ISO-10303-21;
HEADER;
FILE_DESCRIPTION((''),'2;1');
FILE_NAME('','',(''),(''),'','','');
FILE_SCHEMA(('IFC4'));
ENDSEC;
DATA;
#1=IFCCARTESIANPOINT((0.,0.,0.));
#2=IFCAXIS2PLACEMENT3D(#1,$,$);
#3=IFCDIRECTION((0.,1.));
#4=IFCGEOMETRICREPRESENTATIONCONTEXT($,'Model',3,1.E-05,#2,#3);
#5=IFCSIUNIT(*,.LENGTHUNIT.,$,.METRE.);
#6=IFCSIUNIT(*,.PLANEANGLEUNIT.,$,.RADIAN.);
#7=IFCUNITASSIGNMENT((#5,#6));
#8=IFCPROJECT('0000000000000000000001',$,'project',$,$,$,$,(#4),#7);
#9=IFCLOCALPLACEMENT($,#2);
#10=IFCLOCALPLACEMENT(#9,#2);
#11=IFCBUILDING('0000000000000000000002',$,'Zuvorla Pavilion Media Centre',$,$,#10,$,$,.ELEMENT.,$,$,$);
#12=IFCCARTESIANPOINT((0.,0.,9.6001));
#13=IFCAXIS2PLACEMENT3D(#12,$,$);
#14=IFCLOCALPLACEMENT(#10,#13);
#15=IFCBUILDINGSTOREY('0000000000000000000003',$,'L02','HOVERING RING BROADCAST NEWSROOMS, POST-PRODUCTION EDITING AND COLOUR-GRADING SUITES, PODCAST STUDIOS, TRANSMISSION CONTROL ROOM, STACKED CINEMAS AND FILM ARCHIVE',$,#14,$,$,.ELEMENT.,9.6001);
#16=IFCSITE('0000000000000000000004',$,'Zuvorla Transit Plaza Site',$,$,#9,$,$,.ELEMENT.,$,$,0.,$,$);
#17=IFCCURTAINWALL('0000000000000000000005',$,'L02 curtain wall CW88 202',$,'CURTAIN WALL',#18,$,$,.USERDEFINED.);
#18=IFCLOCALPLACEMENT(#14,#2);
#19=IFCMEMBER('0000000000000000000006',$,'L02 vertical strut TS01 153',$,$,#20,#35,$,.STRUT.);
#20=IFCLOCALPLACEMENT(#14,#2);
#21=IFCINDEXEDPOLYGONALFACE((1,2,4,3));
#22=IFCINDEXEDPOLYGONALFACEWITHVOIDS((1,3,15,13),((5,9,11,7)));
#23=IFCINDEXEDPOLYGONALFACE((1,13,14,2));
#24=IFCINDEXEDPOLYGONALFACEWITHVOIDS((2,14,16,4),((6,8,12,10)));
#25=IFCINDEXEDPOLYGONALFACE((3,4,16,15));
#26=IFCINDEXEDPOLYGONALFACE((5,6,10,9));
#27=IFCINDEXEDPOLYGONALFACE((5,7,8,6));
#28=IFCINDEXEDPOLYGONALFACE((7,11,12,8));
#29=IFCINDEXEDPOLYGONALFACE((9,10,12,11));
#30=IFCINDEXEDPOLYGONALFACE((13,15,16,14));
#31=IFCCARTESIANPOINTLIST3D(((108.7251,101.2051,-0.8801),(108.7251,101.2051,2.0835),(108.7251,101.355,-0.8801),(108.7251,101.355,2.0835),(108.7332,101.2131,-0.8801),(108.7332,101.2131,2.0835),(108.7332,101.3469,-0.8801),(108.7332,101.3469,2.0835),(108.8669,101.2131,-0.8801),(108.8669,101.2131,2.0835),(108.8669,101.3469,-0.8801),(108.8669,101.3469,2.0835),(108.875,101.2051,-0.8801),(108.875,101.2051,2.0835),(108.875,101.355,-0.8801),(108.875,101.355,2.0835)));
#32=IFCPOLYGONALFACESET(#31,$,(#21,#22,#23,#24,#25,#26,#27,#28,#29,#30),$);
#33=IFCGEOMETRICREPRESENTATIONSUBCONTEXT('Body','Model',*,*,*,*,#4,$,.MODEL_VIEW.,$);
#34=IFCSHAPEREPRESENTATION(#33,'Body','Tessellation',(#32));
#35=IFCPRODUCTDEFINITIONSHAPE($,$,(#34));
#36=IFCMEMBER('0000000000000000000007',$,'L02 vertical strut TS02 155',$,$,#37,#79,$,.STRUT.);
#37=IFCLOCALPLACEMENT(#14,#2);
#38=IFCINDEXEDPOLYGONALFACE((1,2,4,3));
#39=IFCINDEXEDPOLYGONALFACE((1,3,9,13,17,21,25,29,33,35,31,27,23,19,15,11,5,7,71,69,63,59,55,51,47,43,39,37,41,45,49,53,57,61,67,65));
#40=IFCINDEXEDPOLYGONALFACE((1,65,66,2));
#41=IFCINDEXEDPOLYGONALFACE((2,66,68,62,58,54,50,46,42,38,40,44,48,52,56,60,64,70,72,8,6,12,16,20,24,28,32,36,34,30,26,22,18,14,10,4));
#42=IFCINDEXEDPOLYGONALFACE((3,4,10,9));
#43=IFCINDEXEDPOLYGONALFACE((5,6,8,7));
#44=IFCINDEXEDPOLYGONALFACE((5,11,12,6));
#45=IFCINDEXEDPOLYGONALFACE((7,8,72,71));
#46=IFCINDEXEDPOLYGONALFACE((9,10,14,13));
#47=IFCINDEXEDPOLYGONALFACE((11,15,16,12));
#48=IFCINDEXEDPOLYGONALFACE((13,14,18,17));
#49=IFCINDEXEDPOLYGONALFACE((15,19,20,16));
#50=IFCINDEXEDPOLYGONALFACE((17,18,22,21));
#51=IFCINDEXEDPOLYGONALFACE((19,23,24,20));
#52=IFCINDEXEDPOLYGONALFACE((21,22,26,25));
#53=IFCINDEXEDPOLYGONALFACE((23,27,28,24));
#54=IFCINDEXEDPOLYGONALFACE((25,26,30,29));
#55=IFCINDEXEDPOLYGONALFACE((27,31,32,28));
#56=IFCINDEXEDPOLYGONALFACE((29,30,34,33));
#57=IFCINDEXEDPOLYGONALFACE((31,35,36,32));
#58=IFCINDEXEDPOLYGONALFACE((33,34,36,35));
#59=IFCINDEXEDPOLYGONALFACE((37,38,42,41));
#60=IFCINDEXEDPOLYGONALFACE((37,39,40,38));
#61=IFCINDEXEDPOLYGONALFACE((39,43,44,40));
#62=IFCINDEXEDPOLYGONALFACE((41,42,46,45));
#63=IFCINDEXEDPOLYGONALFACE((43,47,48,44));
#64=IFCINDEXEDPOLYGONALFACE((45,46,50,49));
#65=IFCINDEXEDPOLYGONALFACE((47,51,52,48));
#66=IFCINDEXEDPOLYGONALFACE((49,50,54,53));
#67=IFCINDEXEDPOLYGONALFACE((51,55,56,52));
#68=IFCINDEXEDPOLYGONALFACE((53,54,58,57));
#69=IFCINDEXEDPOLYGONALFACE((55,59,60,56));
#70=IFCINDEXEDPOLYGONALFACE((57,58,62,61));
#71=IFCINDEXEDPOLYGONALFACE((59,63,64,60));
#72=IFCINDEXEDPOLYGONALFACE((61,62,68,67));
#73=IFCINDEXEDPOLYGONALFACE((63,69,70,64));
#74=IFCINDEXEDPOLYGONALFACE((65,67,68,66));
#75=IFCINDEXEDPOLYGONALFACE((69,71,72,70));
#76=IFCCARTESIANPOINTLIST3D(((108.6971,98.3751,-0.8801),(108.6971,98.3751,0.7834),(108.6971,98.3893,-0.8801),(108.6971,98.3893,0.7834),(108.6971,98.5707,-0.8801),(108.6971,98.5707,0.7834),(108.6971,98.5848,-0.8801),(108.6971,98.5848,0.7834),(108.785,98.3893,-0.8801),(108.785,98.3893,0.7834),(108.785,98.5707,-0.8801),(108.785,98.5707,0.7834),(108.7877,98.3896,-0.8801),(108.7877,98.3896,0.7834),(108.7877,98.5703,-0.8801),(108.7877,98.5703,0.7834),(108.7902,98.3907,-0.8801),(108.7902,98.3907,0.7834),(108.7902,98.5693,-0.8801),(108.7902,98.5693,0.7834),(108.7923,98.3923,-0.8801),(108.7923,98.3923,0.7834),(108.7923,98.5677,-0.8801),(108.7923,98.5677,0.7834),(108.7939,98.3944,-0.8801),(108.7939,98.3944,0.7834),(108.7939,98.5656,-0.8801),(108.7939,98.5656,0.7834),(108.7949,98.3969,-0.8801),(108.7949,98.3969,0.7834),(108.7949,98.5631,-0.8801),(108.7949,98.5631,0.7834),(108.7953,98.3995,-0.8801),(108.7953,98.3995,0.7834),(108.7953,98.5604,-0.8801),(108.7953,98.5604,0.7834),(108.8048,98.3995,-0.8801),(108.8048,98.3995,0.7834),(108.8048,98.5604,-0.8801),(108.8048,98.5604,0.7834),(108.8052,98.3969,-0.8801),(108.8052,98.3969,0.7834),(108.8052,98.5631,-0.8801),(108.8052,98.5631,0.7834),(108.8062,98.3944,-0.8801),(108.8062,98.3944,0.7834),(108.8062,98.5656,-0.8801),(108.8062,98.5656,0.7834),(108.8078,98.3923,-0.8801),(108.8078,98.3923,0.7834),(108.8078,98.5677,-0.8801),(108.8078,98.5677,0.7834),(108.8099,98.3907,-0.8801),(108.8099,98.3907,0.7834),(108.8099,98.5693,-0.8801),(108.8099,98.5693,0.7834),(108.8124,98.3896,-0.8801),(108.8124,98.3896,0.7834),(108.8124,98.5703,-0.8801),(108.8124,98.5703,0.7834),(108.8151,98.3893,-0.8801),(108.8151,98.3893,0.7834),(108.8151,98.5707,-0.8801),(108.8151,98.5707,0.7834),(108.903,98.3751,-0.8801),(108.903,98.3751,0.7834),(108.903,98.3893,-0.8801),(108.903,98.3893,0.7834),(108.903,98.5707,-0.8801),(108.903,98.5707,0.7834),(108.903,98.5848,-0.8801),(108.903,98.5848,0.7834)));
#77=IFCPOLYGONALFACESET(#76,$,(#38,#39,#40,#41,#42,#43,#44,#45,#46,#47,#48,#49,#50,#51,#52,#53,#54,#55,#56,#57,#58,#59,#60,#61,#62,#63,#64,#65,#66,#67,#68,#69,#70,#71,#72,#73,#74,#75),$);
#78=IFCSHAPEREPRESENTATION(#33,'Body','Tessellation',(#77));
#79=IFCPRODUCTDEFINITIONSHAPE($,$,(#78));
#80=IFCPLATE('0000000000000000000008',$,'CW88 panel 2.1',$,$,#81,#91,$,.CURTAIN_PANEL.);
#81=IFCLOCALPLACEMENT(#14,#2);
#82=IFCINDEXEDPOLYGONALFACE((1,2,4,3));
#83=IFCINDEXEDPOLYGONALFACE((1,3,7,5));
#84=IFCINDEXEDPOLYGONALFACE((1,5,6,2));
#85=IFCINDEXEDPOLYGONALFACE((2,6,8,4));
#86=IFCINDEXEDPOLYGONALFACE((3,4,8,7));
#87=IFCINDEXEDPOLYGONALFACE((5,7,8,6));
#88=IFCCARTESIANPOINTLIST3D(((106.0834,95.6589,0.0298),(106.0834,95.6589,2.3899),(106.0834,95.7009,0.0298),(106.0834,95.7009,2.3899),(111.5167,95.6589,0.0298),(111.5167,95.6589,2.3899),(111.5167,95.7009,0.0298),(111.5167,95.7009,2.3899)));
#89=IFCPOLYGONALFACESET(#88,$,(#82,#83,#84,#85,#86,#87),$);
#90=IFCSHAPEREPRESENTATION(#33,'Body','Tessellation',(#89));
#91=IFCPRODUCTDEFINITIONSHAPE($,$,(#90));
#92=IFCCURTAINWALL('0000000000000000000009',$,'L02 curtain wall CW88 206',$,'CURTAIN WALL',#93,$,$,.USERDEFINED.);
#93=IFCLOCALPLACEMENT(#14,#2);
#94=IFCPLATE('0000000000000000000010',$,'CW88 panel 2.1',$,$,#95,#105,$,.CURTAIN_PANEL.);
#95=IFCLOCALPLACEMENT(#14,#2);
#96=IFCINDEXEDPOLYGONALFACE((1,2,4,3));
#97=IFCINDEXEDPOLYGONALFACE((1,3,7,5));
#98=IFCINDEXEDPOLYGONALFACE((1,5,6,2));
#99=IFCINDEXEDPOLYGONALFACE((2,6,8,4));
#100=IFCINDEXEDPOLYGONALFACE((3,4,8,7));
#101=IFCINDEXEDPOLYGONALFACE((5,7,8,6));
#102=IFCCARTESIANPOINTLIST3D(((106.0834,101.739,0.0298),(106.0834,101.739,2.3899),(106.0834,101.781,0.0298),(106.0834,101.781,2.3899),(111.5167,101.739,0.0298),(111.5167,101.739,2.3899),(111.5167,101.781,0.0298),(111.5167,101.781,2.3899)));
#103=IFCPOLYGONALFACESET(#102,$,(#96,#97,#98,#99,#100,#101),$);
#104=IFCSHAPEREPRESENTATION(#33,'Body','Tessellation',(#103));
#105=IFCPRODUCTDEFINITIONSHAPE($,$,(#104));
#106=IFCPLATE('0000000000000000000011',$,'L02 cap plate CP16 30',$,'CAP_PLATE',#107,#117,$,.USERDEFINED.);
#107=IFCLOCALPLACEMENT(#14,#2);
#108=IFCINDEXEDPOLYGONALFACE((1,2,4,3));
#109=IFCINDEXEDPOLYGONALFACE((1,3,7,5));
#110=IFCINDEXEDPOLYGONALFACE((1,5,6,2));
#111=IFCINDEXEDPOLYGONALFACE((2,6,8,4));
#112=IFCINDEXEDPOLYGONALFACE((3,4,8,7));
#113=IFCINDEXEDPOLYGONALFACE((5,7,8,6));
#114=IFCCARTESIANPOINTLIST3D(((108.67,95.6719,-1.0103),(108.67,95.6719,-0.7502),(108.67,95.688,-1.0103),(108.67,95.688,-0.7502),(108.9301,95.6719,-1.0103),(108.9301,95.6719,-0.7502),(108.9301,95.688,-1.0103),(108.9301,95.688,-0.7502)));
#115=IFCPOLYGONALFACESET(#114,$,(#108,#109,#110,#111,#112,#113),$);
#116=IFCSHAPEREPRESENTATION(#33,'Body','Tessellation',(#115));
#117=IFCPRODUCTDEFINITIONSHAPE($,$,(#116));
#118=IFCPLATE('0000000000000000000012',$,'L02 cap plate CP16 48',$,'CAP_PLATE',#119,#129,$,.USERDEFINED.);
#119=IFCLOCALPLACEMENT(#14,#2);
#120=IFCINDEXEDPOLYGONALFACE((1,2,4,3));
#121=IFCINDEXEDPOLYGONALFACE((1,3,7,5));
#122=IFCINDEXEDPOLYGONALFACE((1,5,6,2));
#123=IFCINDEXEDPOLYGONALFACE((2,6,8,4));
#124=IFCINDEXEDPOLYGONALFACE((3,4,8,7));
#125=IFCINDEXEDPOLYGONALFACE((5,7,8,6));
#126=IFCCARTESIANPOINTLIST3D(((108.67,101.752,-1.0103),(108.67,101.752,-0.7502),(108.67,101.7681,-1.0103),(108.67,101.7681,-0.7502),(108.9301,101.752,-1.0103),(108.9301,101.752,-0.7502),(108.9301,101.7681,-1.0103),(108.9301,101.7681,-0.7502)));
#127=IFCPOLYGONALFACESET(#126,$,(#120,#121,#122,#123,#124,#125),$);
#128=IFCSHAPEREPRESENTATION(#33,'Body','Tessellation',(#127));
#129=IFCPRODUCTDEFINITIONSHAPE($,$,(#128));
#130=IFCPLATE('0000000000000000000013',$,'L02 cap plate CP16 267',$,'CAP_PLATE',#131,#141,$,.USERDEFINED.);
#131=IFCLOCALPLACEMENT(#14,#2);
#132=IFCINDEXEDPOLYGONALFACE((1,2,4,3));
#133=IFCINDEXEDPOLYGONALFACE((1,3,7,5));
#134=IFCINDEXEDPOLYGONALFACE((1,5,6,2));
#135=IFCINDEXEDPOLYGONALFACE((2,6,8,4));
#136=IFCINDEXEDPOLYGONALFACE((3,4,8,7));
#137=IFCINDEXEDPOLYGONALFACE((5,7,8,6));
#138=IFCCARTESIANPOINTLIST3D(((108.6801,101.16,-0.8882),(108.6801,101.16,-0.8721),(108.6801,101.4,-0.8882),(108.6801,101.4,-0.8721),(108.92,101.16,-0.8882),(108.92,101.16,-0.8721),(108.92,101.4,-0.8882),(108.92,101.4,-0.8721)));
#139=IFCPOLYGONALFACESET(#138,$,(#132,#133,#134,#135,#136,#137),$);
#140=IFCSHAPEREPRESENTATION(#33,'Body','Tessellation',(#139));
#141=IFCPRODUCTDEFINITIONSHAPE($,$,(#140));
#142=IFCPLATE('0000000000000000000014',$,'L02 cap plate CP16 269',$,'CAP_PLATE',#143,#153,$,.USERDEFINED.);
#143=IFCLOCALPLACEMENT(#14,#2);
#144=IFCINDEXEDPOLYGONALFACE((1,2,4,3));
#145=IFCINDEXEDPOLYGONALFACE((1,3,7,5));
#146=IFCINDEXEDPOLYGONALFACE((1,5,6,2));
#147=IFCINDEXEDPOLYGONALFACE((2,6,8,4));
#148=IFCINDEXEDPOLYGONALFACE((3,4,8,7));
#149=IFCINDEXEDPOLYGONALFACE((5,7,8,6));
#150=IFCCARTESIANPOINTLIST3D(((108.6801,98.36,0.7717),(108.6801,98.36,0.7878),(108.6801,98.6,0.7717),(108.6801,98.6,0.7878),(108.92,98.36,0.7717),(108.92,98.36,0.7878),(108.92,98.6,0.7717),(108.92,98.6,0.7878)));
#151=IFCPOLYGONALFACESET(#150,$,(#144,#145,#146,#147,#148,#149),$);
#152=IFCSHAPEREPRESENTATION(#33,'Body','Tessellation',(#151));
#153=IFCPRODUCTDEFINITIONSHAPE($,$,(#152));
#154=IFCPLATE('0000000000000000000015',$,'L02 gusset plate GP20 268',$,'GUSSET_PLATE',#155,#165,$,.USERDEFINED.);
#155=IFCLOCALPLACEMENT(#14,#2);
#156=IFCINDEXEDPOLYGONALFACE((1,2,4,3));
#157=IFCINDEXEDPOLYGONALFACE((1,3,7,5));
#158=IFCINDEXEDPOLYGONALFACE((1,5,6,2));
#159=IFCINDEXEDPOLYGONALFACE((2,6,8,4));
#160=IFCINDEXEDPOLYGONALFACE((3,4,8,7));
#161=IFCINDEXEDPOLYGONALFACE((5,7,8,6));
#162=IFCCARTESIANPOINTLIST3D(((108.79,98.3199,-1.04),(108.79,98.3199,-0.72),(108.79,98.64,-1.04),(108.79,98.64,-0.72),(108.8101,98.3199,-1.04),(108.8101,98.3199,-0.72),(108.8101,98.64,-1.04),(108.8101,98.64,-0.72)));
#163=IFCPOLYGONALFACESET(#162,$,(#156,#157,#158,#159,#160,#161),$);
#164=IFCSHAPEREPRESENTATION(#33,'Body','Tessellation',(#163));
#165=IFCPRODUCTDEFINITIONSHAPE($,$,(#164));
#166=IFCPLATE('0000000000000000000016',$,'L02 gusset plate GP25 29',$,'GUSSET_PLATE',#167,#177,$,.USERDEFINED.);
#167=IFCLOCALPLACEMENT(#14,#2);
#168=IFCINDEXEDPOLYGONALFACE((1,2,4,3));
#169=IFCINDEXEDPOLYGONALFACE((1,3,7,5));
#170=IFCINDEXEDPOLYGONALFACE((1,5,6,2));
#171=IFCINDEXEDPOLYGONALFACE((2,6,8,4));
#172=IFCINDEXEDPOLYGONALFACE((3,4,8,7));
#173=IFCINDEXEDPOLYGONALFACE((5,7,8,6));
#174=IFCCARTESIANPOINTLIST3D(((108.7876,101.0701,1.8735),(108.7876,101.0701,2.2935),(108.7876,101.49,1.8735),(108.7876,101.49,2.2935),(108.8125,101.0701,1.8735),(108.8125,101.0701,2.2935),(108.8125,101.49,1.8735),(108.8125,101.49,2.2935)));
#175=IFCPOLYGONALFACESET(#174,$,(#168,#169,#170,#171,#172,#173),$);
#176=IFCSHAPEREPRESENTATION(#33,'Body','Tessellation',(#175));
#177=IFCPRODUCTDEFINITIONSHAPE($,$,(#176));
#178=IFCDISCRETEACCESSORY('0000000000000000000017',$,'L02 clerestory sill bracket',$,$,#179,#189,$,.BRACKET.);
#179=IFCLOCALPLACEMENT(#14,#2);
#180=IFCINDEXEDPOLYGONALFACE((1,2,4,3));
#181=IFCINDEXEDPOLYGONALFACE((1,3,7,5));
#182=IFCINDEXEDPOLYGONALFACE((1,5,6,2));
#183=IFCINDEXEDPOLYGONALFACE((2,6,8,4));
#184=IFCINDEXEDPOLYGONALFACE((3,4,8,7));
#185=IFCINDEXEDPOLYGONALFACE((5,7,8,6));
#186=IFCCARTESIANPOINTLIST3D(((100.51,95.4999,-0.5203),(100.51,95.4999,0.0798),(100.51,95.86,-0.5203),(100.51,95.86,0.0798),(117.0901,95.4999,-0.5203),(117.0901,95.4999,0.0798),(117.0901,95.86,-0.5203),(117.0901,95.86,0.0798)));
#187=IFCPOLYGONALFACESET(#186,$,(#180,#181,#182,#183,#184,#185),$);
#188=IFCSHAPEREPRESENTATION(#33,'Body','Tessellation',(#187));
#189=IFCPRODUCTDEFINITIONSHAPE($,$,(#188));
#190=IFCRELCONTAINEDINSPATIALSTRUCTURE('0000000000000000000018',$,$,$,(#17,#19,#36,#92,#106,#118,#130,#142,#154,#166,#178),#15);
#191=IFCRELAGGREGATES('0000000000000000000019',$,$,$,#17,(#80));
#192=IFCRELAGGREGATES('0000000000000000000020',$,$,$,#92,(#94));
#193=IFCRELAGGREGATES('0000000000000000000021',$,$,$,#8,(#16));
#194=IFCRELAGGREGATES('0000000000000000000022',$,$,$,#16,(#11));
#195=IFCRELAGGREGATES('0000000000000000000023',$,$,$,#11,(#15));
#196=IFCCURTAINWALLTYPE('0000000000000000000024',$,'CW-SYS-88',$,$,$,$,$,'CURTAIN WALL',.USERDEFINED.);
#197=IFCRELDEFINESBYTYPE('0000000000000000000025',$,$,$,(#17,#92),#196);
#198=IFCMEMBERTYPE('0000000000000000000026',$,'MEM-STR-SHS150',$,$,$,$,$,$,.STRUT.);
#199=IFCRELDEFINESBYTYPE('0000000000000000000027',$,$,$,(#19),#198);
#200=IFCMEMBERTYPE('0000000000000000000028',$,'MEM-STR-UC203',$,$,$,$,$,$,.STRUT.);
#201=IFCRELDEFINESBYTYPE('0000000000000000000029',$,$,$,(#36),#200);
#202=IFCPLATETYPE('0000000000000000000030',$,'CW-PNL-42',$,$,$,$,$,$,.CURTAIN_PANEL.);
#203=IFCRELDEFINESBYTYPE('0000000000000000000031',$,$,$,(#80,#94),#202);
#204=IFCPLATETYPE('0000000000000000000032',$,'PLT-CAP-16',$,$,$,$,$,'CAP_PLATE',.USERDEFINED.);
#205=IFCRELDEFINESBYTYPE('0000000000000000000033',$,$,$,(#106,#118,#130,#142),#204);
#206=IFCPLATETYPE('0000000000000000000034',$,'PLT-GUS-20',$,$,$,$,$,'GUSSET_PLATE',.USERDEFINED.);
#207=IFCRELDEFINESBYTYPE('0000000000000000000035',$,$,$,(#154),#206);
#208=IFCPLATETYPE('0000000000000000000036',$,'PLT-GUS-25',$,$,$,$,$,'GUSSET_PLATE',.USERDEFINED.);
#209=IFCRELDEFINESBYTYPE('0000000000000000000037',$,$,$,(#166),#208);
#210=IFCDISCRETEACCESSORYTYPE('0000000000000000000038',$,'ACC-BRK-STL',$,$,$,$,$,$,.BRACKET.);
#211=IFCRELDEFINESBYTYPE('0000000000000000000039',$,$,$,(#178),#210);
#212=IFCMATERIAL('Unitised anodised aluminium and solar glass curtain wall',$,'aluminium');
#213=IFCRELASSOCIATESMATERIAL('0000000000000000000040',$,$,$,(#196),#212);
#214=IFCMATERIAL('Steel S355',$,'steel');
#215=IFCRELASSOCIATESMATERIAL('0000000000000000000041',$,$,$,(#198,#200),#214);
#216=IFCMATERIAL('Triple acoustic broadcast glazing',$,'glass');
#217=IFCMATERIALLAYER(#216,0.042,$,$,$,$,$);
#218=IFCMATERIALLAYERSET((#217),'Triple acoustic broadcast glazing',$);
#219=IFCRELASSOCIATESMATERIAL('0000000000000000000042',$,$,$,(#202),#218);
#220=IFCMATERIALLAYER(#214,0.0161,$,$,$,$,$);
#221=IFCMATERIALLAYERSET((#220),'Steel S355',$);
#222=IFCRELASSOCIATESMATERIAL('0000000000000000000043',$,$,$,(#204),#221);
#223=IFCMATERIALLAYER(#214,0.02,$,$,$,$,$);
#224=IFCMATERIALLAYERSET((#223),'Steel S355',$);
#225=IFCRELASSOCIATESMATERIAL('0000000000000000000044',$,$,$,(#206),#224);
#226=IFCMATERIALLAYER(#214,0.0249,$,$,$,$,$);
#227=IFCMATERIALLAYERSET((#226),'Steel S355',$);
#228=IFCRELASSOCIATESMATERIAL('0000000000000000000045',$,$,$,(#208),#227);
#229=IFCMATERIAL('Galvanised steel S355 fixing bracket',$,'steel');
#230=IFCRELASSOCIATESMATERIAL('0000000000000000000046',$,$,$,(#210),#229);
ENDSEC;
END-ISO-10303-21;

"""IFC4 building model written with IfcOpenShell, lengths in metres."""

from ifc_helpers import new_model, si_unit, direction, frame, origin, origin_2d, place, context, subcontext, project, spatial, rectangle, hollow_rectangle, i_section, extrude, material, layer, layer_set, material_profile, profile_set, type_object, element, aggregate, save


model = new_model("IFC4")

# Units and contexts
model_context = context("Model", 3, precision=1e-05, world=origin(), true_north=direction((0.0, 1.0)))
body_context = subcontext(model_context, "Body", "Model", "MODEL_VIEW")
ifc_project = project(units=[si_unit("LENGTHUNIT", "METRE"), si_unit("PLANEANGLEUNIT", "RADIAN")], contexts=[model_context])

# Site, building, storey
site_placement = place(None, origin())
site = spatial("IfcSite", under=ifc_project, at=site_placement, Name="Zuvorla Transit Plaza Site", CompositionType="ELEMENT", RefElevation=0.0)
building_placement = place(site_placement, origin())
building = spatial("IfcBuilding", under=site, at=building_placement, Name="Zuvorla Pavilion Media Centre", CompositionType="ELEMENT")
storey_placement = place(building_placement, frame((0.0, 0.0, 9.6001)))
storey = spatial("IfcBuildingStorey", under=building, at=storey_placement, Name="L02", Description="HOVERING RING BROADCAST NEWSROOMS, POST-PRODUCTION EDITING AND COLOUR-GRADING SUITES, PODCAST STUDIOS, TRANSMISSION CONTROL ROOM, STACKED CINEMAS AND FILM ARCHIVE", CompositionType="ELEMENT", Elevation=9.6001)

# Shared definitions
ifc_material_1 = material(Name="Steel S355", Category="steel")

# Curtain wall
ifc_material_2 = material(Name="Unitised anodised aluminium and solar glass curtain wall", Category="aluminium")
curtain_wall_type = type_object("IfcCurtainWallType", Name="CW-SYS-88", ElementType="CURTAIN WALL", PredefinedType="USERDEFINED", material=ifc_material_2)
curtain_wall_1_placement = place(storey_placement, origin())
curtain_wall_1 = element("IfcCurtainWall", 1, at=curtain_wall_1_placement, inside=storey, type_object=curtain_wall_type, Name="L02 curtain wall CW88 202", ObjectType="CURTAIN WALL", PredefinedType="USERDEFINED")

# Members
ifc_material_profile_1 = material_profile(ifc_material_1, hollow_rectangle(XDim=0.1499, YDim=0.1499, WallThickness=0.0081, at=origin_2d()), Name="SHS 150x150x8")
ifc_profile_set_1 = profile_set([ifc_material_profile_1], Name="Steel S355")
member_type_1 = type_object("IfcMemberType", Name="MEM-STR-SHS150", PredefinedType="STRUT", material=ifc_profile_set_1)
member_1_placement = place(storey_placement, frame((108.8, 101.28, -0.8801), z_axis=(0.0, 0.0, 1.0), x_axis=(1.0, 0.0, 0.0)))
element("IfcMember", 2, at=member_1_placement, inside=storey, type_object=member_type_1, Name="L02 vertical strut TS01 153", PredefinedType="STRUT", context=body_context, shape_type="SweptSolid", body=[
    extrude(hollow_rectangle(XDim=0.1499, YDim=0.1499, WallThickness=0.0081, at=origin_2d()), origin(), (0.0, 0.0, 1.0), 2.9636),
])
ifc_material_profile_2 = material_profile(ifc_material_1, i_section(OverallWidth=0.2058, OverallDepth=0.2097, WebThickness=0.0095, FlangeThickness=0.0142, FilletRadius=0.0103, at=origin_2d()), Name="UC 203x203x60")
ifc_profile_set_2 = profile_set([ifc_material_profile_2], Name="Steel S355")
member_type_2 = type_object("IfcMemberType", Name="MEM-STR-UC203", PredefinedType="STRUT", material=ifc_profile_set_2)
member_2_placement = place(storey_placement, frame((108.8, 98.48, -0.8801), z_axis=(0.0, 0.0, 1.0), x_axis=(1.0, 0.0, 0.0)))
element("IfcMember", 3, at=member_2_placement, inside=storey, type_object=member_type_2, Name="L02 vertical strut TS02 155", PredefinedType="STRUT", context=body_context, shape_type="SweptSolid", body=[
    extrude(i_section(OverallWidth=0.2058, OverallDepth=0.2097, WebThickness=0.0095, FlangeThickness=0.0142, FilletRadius=0.0103, at=origin_2d()), origin(), (0.0, 0.0, 1.0), 1.6636),
])

# Plate
ifc_material_3 = material(Name="Triple acoustic broadcast glazing", Category="glass")
ifc_layer_1 = layer(ifc_material_3, 0.042)
ifc_layer_set_1 = layer_set([ifc_layer_1], Name="Triple acoustic broadcast glazing")
plate_type_1 = type_object("IfcPlateType", Name="CW-PNL-42", PredefinedType="CURTAIN_PANEL", material=ifc_layer_set_1)
plate_1_placement = place(storey_placement, frame((108.8, 95.6799, 0.0298), z_axis=(0.0, 0.0, 1.0), x_axis=(1.0, 0.0, 0.0)))
plate_1 = element("IfcPlate", 4, at=plate_1_placement, type_object=plate_type_1, Name="CW88 panel 2.1", PredefinedType="CURTAIN_PANEL", context=body_context, shape_type="SweptSolid", body=[
    extrude(rectangle(XDim=5.4333, YDim=0.042, at=origin_2d()), origin(), (0.0, 0.0, 1.0), 2.3601),
])
aggregate(curtain_wall_1, [plate_1])

# Curtain wall, plate
curtain_wall_2_placement = place(storey_placement, origin())
curtain_wall_2 = element("IfcCurtainWall", 5, at=curtain_wall_2_placement, inside=storey, type_object=curtain_wall_type, Name="L02 curtain wall CW88 206", ObjectType="CURTAIN WALL", PredefinedType="USERDEFINED")
plate_2_placement = place(storey_placement, frame((108.8, 101.76, 0.0298), z_axis=(0.0, 0.0, 1.0), x_axis=(1.0, 0.0, 0.0)))
plate_2 = element("IfcPlate", 6, at=plate_2_placement, type_object=plate_type_1, Name="CW88 panel 2.1", PredefinedType="CURTAIN_PANEL", context=body_context, shape_type="SweptSolid", body=[
    extrude(rectangle(XDim=5.4333, YDim=0.042, at=origin_2d()), origin(), (0.0, 0.0, 1.0), 2.3601),
])
aggregate(curtain_wall_2, [plate_2])

# Plates
ifc_layer_2 = layer(ifc_material_1, 0.0161)
ifc_layer_set_2 = layer_set([ifc_layer_2], Name="Steel S355")
plate_type_2 = type_object("IfcPlateType", Name="PLT-CAP-16", ElementType="CAP_PLATE", PredefinedType="USERDEFINED", material=ifc_layer_set_2)
for number, where, z_axis, x_axis, name in (
    (7, (108.8, 95.6799, -1.0103), (0.0, 0.0, 1.0), (1.0, 0.0, 0.0), "L02 cap plate CP16 30"),
    (8, (108.8, 101.76, -1.0103), (0.0, 0.0, 1.0), (1.0, 0.0, 0.0), "L02 cap plate CP16 48"),
):
    element("IfcPlate", number, at=place(storey_placement, frame(where, z_axis=z_axis, x_axis=x_axis)), inside=storey, type_object=plate_type_2, Name=name, ObjectType="CAP_PLATE", PredefinedType="USERDEFINED", context=body_context, shape_type="SweptSolid", body=[
        extrude(rectangle(XDim=0.26, YDim=0.0161, at=origin_2d()), origin(), (0.0, 0.0, 1.0), 0.26),
    ])
for number, where, z_axis, x_axis, name in (
    (9, (108.8, 101.28, -0.8882), (0.0, 0.0, 1.0), (1.0, 0.0, 0.0), "L02 cap plate CP16 267"),
    (10, (108.8, 98.48, 0.7717), (0.0, 0.0, 1.0), (1.0, 0.0, 0.0), "L02 cap plate CP16 269"),
):
    element("IfcPlate", number, at=place(storey_placement, frame(where, z_axis=z_axis, x_axis=x_axis)), inside=storey, type_object=plate_type_2, Name=name, ObjectType="CAP_PLATE", PredefinedType="USERDEFINED", context=body_context, shape_type="SweptSolid", body=[
        extrude(rectangle(XDim=0.24, YDim=0.24, at=origin_2d()), origin(), (0.0, 0.0, 1.0), 0.0161),
    ])
ifc_layer_3 = layer(ifc_material_1, 0.02)
ifc_layer_set_3 = layer_set([ifc_layer_3], Name="Steel S355")
plate_type_3 = type_object("IfcPlateType", Name="PLT-GUS-20", ElementType="GUSSET_PLATE", PredefinedType="USERDEFINED", material=ifc_layer_set_3)
plate_3_placement = place(storey_placement, frame((108.8, 98.48, -1.04), z_axis=(0.0, 0.0, 1.0), x_axis=(1.0, 0.0, 0.0)))
element("IfcPlate", 11, at=plate_3_placement, inside=storey, type_object=plate_type_3, Name="L02 gusset plate GP20 268", ObjectType="GUSSET_PLATE", PredefinedType="USERDEFINED", context=body_context, shape_type="SweptSolid", body=[
    extrude(rectangle(XDim=0.02, YDim=0.3201, at=origin_2d()), origin(), (0.0, 0.0, 1.0), 0.3201),
])
ifc_layer_4 = layer(ifc_material_1, 0.0249)
ifc_layer_set_4 = layer_set([ifc_layer_4], Name="Steel S355")
plate_type_4 = type_object("IfcPlateType", Name="PLT-GUS-25", ElementType="GUSSET_PLATE", PredefinedType="USERDEFINED", material=ifc_layer_set_4)
plate_4_placement = place(storey_placement, frame((108.8, 101.28, 1.8735), z_axis=(0.0, 0.0, 1.0), x_axis=(1.0, 0.0, 0.0)))
element("IfcPlate", 12, at=plate_4_placement, inside=storey, type_object=plate_type_4, Name="L02 gusset plate GP25 29", ObjectType="GUSSET_PLATE", PredefinedType="USERDEFINED", context=body_context, shape_type="SweptSolid", body=[
    extrude(rectangle(XDim=0.0249, YDim=0.4199, at=origin_2d()), origin(), (0.0, 0.0, 1.0), 0.4199),
])

# Discrete accessory
ifc_material_4 = material(Name="Galvanised steel S355 fixing bracket", Category="steel")
discrete_accessory_type = type_object("IfcDiscreteAccessoryType", Name="ACC-BRK-STL", PredefinedType="BRACKET", material=ifc_material_4)
for number, where, z_axis, x_axis, name in (
    (13, (108.8, 95.6799, -0.5203), (0.0, 0.0, 1.0), (1.0, 0.0, 0.0), "L02 clerestory sill bracket"),
):
    element("IfcDiscreteAccessory", number, at=place(storey_placement, frame(where, z_axis=z_axis, x_axis=x_axis)), inside=storey, type_object=discrete_accessory_type, Name=name, PredefinedType="BRACKET", context=body_context, shape_type="SweptSolid", body=[
        extrude(rectangle(XDim=16.5801, YDim=0.3601, at=origin_2d()), origin(), (0.0, 0.0, 1.0), 0.6001),
    ])

save(model, "model.ifc")
